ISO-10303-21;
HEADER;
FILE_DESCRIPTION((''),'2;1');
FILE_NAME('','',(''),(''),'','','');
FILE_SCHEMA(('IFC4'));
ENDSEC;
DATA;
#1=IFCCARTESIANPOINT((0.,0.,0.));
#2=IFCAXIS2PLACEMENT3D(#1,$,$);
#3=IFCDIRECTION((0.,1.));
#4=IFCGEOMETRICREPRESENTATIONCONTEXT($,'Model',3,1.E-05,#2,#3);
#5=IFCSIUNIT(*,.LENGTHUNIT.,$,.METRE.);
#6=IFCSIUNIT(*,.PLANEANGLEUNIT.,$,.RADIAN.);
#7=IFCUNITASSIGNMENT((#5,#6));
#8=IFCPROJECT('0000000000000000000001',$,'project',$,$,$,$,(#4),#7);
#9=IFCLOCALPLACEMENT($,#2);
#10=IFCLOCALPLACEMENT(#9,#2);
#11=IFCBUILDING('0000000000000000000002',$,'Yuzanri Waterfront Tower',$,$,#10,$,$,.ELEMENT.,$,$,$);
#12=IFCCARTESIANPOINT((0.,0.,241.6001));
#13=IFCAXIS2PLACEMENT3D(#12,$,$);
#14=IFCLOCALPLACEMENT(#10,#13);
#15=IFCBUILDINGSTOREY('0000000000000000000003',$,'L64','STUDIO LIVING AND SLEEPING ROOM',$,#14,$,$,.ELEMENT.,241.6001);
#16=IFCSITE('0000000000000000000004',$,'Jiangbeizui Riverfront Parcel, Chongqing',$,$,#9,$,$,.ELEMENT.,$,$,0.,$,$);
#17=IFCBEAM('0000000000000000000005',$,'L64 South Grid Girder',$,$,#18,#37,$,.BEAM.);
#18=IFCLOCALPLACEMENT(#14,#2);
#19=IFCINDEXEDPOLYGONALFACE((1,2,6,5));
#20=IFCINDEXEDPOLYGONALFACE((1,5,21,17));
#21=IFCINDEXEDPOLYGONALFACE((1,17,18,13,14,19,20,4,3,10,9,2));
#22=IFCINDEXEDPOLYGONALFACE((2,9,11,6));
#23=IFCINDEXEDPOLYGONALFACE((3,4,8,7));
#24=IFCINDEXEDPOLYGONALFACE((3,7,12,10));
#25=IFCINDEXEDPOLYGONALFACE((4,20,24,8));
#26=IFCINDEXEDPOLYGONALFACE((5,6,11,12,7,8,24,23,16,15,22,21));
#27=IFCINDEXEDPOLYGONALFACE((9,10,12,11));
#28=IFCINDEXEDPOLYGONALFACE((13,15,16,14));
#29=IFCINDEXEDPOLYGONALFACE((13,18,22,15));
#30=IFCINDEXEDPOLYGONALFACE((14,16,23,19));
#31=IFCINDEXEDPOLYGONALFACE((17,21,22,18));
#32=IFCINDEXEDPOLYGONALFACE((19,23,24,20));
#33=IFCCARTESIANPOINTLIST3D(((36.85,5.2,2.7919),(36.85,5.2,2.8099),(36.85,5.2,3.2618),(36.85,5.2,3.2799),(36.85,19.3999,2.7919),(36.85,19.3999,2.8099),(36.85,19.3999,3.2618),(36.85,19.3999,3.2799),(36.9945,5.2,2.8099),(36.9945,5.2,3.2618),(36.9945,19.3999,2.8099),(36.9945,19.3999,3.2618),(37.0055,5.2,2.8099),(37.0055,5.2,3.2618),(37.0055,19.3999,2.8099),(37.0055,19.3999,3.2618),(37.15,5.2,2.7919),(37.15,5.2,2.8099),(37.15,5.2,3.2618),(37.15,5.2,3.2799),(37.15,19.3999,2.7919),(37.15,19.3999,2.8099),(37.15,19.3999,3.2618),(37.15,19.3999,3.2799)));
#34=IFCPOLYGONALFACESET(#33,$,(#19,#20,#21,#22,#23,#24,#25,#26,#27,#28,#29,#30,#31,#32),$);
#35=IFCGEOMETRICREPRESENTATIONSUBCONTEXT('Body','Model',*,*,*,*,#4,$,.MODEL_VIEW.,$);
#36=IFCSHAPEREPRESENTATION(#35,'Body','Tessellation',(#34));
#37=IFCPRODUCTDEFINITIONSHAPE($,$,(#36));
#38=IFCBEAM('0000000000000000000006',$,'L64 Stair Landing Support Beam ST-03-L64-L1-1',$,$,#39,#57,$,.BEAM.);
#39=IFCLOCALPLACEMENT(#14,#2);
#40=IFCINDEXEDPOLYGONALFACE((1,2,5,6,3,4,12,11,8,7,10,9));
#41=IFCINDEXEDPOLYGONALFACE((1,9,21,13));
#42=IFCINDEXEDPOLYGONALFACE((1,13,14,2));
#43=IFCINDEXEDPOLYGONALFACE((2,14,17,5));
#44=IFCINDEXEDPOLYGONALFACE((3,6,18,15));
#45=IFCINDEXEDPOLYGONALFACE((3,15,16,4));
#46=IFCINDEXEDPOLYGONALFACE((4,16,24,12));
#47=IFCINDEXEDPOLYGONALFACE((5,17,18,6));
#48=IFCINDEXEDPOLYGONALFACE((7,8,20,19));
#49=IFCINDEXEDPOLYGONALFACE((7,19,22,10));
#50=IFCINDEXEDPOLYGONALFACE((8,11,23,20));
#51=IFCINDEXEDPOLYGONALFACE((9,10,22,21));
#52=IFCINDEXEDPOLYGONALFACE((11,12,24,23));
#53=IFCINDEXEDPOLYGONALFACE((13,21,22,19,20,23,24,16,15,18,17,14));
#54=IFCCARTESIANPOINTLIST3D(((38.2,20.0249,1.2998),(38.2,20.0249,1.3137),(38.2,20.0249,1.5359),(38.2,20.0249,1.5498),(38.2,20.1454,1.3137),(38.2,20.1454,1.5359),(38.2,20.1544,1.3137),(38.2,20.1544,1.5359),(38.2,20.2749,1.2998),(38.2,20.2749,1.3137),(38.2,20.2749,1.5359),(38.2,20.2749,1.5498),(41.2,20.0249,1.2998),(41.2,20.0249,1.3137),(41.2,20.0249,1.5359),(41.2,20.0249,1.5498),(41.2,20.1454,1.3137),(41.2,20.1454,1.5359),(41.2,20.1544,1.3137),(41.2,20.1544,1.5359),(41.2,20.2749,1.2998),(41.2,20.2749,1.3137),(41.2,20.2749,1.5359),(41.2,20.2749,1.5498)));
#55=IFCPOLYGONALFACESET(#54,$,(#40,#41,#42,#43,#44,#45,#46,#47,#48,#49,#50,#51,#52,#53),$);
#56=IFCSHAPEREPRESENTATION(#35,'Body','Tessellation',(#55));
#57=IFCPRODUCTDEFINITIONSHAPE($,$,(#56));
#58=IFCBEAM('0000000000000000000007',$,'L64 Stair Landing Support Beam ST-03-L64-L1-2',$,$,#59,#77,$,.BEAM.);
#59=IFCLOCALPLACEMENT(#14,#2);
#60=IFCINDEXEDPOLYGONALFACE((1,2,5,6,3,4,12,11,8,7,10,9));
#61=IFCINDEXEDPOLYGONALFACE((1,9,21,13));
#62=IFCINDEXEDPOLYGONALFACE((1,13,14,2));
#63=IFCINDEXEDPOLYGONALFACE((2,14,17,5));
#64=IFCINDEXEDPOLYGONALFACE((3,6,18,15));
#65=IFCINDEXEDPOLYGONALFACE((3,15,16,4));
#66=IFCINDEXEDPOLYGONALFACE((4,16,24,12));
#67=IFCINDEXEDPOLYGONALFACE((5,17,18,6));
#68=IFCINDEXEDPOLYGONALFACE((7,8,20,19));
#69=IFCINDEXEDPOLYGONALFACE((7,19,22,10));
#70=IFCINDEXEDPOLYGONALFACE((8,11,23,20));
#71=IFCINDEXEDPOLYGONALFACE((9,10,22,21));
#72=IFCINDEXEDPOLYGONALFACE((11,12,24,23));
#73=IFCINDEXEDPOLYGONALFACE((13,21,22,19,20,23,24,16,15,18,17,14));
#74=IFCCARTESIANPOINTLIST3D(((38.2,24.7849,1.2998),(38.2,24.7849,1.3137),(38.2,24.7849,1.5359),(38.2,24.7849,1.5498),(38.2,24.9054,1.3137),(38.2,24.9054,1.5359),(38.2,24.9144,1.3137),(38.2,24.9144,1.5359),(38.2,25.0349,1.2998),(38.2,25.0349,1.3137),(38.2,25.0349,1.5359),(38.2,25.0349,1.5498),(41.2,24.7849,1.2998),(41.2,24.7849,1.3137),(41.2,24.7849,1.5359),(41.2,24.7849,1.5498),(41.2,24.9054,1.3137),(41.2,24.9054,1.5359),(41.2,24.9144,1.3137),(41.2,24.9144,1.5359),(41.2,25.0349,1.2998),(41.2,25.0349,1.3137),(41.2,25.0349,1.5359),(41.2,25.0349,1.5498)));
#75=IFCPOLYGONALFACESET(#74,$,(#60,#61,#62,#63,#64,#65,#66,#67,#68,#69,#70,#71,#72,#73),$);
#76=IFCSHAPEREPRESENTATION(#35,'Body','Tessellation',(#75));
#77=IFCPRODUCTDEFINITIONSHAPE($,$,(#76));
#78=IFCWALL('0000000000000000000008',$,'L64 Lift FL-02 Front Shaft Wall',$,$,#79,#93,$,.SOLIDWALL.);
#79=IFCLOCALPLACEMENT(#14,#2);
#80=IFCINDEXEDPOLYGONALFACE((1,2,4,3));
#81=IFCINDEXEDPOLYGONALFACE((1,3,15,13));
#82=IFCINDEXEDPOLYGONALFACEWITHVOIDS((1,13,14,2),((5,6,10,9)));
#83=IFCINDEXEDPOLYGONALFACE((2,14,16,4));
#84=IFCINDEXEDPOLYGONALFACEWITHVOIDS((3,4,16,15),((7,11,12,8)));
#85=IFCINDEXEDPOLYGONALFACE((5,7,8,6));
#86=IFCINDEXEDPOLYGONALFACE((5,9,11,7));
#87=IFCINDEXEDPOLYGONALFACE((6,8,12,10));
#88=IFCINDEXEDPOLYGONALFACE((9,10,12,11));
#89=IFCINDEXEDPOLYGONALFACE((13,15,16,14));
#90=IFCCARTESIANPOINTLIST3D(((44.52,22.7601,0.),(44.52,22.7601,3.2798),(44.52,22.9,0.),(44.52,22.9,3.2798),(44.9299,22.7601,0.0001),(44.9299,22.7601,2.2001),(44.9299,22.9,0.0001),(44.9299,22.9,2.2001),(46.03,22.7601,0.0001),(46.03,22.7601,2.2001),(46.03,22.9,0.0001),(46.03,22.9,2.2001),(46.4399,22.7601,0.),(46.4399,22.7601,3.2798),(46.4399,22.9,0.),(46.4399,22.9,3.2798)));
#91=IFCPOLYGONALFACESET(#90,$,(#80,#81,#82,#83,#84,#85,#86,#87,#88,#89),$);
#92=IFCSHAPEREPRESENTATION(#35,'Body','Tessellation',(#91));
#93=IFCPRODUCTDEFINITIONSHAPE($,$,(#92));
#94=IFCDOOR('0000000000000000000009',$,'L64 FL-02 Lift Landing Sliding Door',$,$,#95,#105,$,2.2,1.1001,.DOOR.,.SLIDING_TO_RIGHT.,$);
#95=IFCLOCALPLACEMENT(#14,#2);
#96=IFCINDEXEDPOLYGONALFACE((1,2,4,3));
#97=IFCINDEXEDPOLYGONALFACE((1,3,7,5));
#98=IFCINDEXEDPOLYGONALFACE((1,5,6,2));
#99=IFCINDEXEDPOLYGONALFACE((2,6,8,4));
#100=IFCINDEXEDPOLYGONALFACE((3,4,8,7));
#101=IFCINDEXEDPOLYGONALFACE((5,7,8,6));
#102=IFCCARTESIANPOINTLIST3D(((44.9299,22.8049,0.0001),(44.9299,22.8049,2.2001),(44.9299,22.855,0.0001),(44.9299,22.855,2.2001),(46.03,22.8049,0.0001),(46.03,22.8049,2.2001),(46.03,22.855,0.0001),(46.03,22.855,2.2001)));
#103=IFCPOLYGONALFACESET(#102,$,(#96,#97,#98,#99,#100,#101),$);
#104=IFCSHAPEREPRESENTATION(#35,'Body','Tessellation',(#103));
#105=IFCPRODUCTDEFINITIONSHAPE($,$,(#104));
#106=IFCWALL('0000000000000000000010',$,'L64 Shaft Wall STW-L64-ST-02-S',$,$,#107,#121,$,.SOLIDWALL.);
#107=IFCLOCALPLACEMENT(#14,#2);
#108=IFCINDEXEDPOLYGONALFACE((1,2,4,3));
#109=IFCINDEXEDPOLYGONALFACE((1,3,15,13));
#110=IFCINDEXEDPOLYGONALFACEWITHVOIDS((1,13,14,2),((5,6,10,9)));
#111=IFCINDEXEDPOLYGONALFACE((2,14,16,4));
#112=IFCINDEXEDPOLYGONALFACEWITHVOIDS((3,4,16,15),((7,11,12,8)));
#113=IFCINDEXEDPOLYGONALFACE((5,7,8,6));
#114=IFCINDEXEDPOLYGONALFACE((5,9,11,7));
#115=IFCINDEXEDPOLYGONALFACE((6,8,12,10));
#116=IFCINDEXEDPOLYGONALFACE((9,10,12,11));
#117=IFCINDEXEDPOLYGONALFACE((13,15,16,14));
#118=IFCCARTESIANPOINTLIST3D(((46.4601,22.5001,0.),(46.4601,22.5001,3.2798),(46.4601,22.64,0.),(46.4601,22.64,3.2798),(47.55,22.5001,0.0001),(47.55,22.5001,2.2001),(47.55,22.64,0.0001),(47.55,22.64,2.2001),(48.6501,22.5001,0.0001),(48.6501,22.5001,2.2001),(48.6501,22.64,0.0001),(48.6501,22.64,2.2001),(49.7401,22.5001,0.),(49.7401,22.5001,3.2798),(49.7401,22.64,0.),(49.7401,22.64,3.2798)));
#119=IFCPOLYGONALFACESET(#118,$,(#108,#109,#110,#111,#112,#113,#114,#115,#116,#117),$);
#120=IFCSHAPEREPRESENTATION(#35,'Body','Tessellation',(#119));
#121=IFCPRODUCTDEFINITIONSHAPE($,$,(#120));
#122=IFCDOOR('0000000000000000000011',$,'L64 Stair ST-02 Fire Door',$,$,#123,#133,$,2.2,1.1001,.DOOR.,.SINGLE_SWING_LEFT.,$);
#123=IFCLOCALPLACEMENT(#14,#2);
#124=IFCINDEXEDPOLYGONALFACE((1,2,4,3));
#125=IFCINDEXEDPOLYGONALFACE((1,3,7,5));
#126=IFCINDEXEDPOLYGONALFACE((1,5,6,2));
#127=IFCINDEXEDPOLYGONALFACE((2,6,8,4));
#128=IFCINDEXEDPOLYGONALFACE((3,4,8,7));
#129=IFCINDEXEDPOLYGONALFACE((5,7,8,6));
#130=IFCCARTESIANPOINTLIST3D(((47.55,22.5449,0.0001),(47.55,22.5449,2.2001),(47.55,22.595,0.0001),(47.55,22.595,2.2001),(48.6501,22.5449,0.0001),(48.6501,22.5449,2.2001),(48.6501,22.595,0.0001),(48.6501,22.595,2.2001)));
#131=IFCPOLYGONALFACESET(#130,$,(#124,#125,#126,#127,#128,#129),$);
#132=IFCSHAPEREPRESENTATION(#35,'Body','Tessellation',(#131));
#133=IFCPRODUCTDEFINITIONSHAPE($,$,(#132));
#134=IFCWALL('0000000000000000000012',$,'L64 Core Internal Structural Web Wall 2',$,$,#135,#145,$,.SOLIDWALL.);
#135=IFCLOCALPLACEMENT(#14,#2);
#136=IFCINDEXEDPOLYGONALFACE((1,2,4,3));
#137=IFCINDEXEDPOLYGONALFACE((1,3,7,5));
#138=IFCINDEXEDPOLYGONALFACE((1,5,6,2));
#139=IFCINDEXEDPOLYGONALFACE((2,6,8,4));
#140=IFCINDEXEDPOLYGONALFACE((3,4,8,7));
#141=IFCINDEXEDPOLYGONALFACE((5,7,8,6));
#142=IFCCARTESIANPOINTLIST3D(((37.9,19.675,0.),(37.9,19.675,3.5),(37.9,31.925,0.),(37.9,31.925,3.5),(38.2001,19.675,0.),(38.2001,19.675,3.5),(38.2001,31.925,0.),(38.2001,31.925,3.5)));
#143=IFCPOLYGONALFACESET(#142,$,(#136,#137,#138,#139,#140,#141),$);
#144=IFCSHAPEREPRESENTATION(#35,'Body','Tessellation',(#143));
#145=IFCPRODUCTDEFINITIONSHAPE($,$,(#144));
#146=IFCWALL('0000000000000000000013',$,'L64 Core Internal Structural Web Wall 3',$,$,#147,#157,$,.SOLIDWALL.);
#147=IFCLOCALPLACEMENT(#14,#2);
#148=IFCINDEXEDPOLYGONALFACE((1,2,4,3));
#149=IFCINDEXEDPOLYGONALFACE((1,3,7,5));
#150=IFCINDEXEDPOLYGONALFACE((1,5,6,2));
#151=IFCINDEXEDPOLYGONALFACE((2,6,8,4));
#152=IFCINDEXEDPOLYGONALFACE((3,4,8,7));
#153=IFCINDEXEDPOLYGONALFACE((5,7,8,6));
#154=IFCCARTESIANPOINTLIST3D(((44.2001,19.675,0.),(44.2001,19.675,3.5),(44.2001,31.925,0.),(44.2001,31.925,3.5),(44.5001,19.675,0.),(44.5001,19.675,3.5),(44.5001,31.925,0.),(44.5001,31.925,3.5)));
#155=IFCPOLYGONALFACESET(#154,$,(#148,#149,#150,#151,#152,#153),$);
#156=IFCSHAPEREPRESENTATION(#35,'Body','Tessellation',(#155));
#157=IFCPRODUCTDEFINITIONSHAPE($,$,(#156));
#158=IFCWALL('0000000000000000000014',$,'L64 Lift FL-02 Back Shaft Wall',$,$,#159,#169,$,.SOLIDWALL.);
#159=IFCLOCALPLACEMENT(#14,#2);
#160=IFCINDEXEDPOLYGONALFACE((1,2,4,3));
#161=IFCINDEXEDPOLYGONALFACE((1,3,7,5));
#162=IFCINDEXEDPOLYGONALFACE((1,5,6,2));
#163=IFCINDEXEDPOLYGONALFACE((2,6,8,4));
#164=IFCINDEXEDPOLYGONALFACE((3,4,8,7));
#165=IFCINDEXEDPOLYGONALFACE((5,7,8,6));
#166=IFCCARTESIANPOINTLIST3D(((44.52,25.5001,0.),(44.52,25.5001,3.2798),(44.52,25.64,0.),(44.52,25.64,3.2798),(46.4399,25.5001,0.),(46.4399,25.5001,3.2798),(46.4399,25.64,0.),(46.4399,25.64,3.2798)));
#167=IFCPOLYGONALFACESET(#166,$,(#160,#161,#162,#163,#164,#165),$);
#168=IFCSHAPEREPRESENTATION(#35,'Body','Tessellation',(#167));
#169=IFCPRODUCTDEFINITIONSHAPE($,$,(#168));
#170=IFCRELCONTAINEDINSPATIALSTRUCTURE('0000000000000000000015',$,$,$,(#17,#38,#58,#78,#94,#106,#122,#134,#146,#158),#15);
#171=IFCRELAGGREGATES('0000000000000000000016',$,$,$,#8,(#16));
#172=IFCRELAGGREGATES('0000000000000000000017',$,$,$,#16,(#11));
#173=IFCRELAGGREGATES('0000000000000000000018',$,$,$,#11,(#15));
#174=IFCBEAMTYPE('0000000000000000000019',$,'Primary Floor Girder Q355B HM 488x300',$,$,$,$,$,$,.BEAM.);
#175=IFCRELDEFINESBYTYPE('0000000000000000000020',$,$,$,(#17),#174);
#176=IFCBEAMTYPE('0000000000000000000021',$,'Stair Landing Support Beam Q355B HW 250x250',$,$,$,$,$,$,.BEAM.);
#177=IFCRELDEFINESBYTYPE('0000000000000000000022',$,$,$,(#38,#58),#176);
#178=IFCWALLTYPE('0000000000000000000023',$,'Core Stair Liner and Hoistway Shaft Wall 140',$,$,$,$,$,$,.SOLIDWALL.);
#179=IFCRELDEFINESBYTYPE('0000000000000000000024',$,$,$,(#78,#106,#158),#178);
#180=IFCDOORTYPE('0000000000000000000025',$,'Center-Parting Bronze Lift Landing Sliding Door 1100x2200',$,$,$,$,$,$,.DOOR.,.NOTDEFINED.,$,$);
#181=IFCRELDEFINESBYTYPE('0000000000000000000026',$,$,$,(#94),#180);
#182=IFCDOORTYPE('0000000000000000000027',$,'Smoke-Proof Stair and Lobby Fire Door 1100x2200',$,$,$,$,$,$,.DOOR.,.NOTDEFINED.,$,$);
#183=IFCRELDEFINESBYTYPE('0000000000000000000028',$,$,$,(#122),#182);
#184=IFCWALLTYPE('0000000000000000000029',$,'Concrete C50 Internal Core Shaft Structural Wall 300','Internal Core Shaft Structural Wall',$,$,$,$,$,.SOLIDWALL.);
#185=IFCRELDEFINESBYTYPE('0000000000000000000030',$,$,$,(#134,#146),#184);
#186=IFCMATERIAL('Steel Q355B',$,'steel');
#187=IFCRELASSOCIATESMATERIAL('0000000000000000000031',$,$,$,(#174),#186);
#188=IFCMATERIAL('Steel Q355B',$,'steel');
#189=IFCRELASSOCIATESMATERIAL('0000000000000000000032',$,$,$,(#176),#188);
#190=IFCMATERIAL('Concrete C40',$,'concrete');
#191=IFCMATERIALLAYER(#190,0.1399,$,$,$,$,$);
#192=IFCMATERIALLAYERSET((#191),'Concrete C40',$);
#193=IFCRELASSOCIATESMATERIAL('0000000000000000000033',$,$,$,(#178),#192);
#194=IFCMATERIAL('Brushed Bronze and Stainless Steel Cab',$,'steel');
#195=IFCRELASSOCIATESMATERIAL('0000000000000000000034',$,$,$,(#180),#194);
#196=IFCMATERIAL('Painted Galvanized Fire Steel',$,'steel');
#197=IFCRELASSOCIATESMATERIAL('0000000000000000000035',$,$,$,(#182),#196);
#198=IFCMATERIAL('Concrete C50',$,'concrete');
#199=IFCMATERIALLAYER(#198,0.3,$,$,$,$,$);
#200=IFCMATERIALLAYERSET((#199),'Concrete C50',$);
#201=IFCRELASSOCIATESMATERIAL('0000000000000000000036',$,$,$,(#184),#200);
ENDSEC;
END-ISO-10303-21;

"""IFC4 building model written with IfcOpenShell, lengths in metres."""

from ifc_helpers import new_model, si_unit, direction, frame, frame_2d, origin, origin_2d, place, context, subcontext, project, spatial, rectangle, i_section, extrude, source, transform, mapped, material, layer, layer_set, material_profile, profile_set, type_object, element, fill, save


model = new_model("IFC4")

# Units and contexts
model_context = context("Model", 3, precision=1e-05, world=origin(), true_north=direction((0.0, 1.0)))
body_context = subcontext(model_context, "Body", "Model", "MODEL_VIEW")
ifc_project = project(units=[si_unit("LENGTHUNIT", "METRE"), si_unit("PLANEANGLEUNIT", "RADIAN")], contexts=[model_context])

# Site, building, storey
site_placement = place(None, origin())
site = spatial("IfcSite", under=ifc_project, at=site_placement, Name="Jiangbeizui Riverfront Parcel, Chongqing", CompositionType="ELEMENT", RefElevation=0.0)
building_placement = place(site_placement, origin())
building = spatial("IfcBuilding", under=site, at=building_placement, Name="Yuzanri Waterfront Tower", CompositionType="ELEMENT")
storey_placement = place(building_placement, frame((0.0, 0.0, 241.6001)))
storey = spatial("IfcBuildingStorey", under=building, at=storey_placement, Name="L64", Description="STUDIO LIVING AND SLEEPING ROOM", CompositionType="ELEMENT", Elevation=241.6001)

# Beams
ifc_material_1 = material(Name="Steel Q355B", Category="steel")
ifc_material_profile_1 = material_profile(ifc_material_1, i_section(OverallWidth=0.3, OverallDepth=0.488, WebThickness=0.011, FlangeThickness=0.0181, at=origin_2d()), Name="HM 488x300x11x18")
ifc_profile_set_1 = profile_set([ifc_material_profile_1], Name="Steel Q355B")
beam_type_1 = type_object("IfcBeamType", Name="Primary Floor Girder Q355B HM 488x300", PredefinedType="BEAM", material=ifc_profile_set_1)
shared_shape_1 = source(origin(), body_context, "Body", "SweptSolid", [
    extrude(i_section(OverallWidth=0.3, OverallDepth=0.488, WebThickness=0.011, FlangeThickness=0.0181, at=origin_2d()), origin(), (0.0, 0.0, 1.0), 14.2),
])
beam_placement = place(storey_placement, frame((37.0, 19.3999, 3.0359), z_axis=(0.0, -1.0, 0.0), x_axis=(1.0, 0.0, 0.0)))
element("IfcBeam", 1, at=beam_placement, inside=storey, type_object=beam_type_1, Name="L64 South Grid Girder", PredefinedType="BEAM", context=body_context, shape_type="MappedRepresentation", body=[
    mapped(shared_shape_1, transform((0.0, 0.0, 0.0), scale=1.0)),
])
ifc_material_2 = material(Name="Steel Q355B", Category="steel")
ifc_material_profile_2 = material_profile(ifc_material_2, i_section(OverallWidth=0.25, OverallDepth=0.25, WebThickness=0.009, FlangeThickness=0.0139, at=origin_2d()), Name="HW 250x250x9x14")
ifc_profile_set_2 = profile_set([ifc_material_profile_2], Name="Steel Q355B")
beam_type_2 = type_object("IfcBeamType", Name="Stair Landing Support Beam Q355B HW 250x250", PredefinedType="BEAM", material=ifc_profile_set_2)
shared_shape_2 = source(origin(), body_context, "Body", "SweptSolid", [
    extrude(i_section(OverallWidth=0.25, OverallDepth=0.25, WebThickness=0.009, FlangeThickness=0.0139, at=origin_2d()), origin(), (0.0, 0.0, 1.0), 3.0),
])
for number, where, z_axis, x_axis, name in (
    (2, (38.2, 20.1499, 1.4248), (1.0, 0.0, 0.0), (0.0, 1.0, 0.0), "L64 Stair Landing Support Beam ST-03-L64-L1-1"),
    (3, (38.2, 24.9099, 1.4248), (1.0, 0.0, 0.0), (0.0, 1.0, 0.0), "L64 Stair Landing Support Beam ST-03-L64-L1-2"),
):
    element("IfcBeam", number, at=place(storey_placement, frame(where, z_axis=z_axis, x_axis=x_axis)), inside=storey, type_object=beam_type_2, Name=name, PredefinedType="BEAM", context=body_context, shape_type="MappedRepresentation", body=[
        mapped(shared_shape_2, transform((0.0, 0.0, 0.0), scale=1.0)),
    ])

# Walls, openings, doors
ifc_material_3 = material(Name="Concrete C40", Category="concrete")
ifc_layer_1 = layer(ifc_material_3, 0.1399)
ifc_layer_set_1 = layer_set([ifc_layer_1], Name="Concrete C40")
wall_type_1 = type_object("IfcWallType", Name="Core Stair Liner and Hoistway Shaft Wall 140", PredefinedType="SOLIDWALL", material=ifc_layer_set_1)
wall_1_placement = place(storey_placement, frame((44.52, 22.8301, 0.0), z_axis=(0.0, 0.0, 1.0), x_axis=(1.0, 0.0, 0.0)))
wall_1 = element("IfcWall", 4, at=wall_1_placement, inside=storey, type_object=wall_type_1, Name="L64 Lift FL-02 Front Shaft Wall", PredefinedType="SOLIDWALL", context=body_context, shape_type="SweptSolid", body=[
    extrude(rectangle(XDim=1.9199, YDim=0.1399, at=frame_2d((0.96, 0.0))), origin(), (0.0, 0.0, 1.0), 3.2798),
])
opening_1_placement = place(wall_1_placement, frame((0.4099, 0.0, 0.0)))
opening_1 = element("IfcOpeningElement", 5, at=opening_1_placement, cuts=wall_1, PredefinedType="OPENING", context=body_context, shape_type="SweptSolid", body=[
    extrude(rectangle(XDim=1.1001, YDim=2.2, at=frame_2d((0.55, 1.1001))), frame((0.0, 0.085, 0.0), z_axis=(0.0, -1.0, 0.0), x_axis=(1.0, 0.0, 0.0)), (0.0, 0.0, 1.0), 0.1697),
])
ifc_material_4 = material(Name="Brushed Bronze and Stainless Steel Cab", Category="steel")
door_type_1 = type_object("IfcDoorType", Name="Center-Parting Bronze Lift Landing Sliding Door 1100x2200", OperationType="NOTDEFINED", PredefinedType="DOOR", material=ifc_material_4)
shared_shape_3 = source(origin(), body_context, "Body", "SweptSolid", [
    extrude(rectangle(XDim=1.1001, YDim=2.2, at=frame_2d((0.55, 1.1001))), frame((0.0, 0.0249, 0.0), z_axis=(0.0, -1.0, 0.0), x_axis=(1.0, 0.0, 0.0)), (0.0, 0.0, 1.0), 0.05),
])
door_1_placement = place(opening_1_placement, origin())
door_1 = element("IfcDoor", 6, at=door_1_placement, inside=storey, type_object=door_type_1, Name="L64 FL-02 Lift Landing Sliding Door", OperationType="SLIDING_TO_RIGHT", OverallHeight=2.2, OverallWidth=1.1001, PredefinedType="DOOR", context=body_context, shape_type="MappedRepresentation", body=[
    mapped(shared_shape_3, transform((0.0, 0.0, 0.0), scale=1.0)),
])
fill(opening_1, door_1)
wall_2_placement = place(storey_placement, frame((46.46, 22.5701, 0.0), z_axis=(0.0, 0.0, 1.0), x_axis=(1.0, 0.0, 0.0)))
wall_2 = element("IfcWall", 7, at=wall_2_placement, inside=storey, type_object=wall_type_1, Name="L64 Shaft Wall STW-L64-ST-02-S", PredefinedType="SOLIDWALL", context=body_context, shape_type="SweptSolid", body=[
    extrude(rectangle(XDim=3.28, YDim=0.1399, at=frame_2d((1.6401, 0.0))), origin(), (0.0, 0.0, 1.0), 3.2798),
])
opening_2_placement = place(wall_2_placement, frame((1.0901, 0.0, 0.0)))
opening_2 = element("IfcOpeningElement", 8, at=opening_2_placement, cuts=wall_2, PredefinedType="OPENING", context=body_context, shape_type="SweptSolid", body=[
    extrude(rectangle(XDim=1.1001, YDim=2.2, at=frame_2d((0.55, 1.1001))), frame((0.0, 0.085, 0.0), z_axis=(0.0, -1.0, 0.0), x_axis=(1.0, 0.0, 0.0)), (0.0, 0.0, 1.0), 0.1697),
])
ifc_material_5 = material(Name="Painted Galvanized Fire Steel", Category="steel")
door_type_2 = type_object("IfcDoorType", Name="Smoke-Proof Stair and Lobby Fire Door 1100x2200", OperationType="NOTDEFINED", PredefinedType="DOOR", material=ifc_material_5)
shared_shape_4 = source(origin(), body_context, "Body", "SweptSolid", [
    extrude(rectangle(XDim=1.1001, YDim=2.2, at=frame_2d((0.55, 1.1001))), frame((0.0, 0.0249, 0.0), z_axis=(0.0, -1.0, 0.0), x_axis=(1.0, 0.0, 0.0)), (0.0, 0.0, 1.0), 0.05),
])
door_2_placement = place(opening_2_placement, origin())
door_2 = element("IfcDoor", 9, at=door_2_placement, inside=storey, type_object=door_type_2, Name="L64 Stair ST-02 Fire Door", OperationType="SINGLE_SWING_LEFT", OverallHeight=2.2, OverallWidth=1.1001, PredefinedType="DOOR", context=body_context, shape_type="MappedRepresentation", body=[
    mapped(shared_shape_4, transform((0.0, 0.0, 0.0), scale=1.0)),
])
fill(opening_2, door_2)

# Walls
ifc_material_6 = material(Name="Concrete C50", Category="concrete")
ifc_layer_2 = layer(ifc_material_6, 0.3)
ifc_layer_set_2 = layer_set([ifc_layer_2], Name="Concrete C50")
wall_type_2 = type_object("IfcWallType", Name="Concrete C50 Internal Core Shaft Structural Wall 300", Description="Internal Core Shaft Structural Wall", PredefinedType="SOLIDWALL", material=ifc_layer_set_2)
shared_shape_5 = source(origin(), body_context, "Body", "SweptSolid", [
    extrude(rectangle(XDim=12.25, YDim=0.3, at=frame_2d((6.125, 0.0))), origin(), (0.0, 0.0, 1.0), 3.5),
])
for number, where, z_axis, x_axis, name in (
    (10, (38.05, 19.675, 0.0), (0.0, 0.0, 1.0), (0.0, 1.0, 0.0), "L64 Core Internal Structural Web Wall 2"),
    (11, (44.3501, 19.675, 0.0), (0.0, 0.0, 1.0), (0.0, 1.0, 0.0), "L64 Core Internal Structural Web Wall 3"),
):
    element("IfcWall", number, at=place(storey_placement, frame(where, z_axis=z_axis, x_axis=x_axis)), inside=storey, type_object=wall_type_2, Name=name, PredefinedType="SOLIDWALL", context=body_context, shape_type="MappedRepresentation", body=[
        mapped(shared_shape_5, transform((0.0, 0.0, 0.0), scale=1.0)),
    ])
shared_shape_6 = source(origin(), body_context, "Body", "SweptSolid", [
    extrude(rectangle(XDim=1.9199, YDim=0.1399, at=frame_2d((0.96, 0.0))), origin(), (0.0, 0.0, 1.0), 3.2798),
])
wall_3_placement = place(storey_placement, frame((44.52, 25.5701, 0.0), z_axis=(0.0, 0.0, 1.0), x_axis=(1.0, 0.0, 0.0)))
element("IfcWall", 12, at=wall_3_placement, inside=storey, type_object=wall_type_1, Name="L64 Lift FL-02 Back Shaft Wall", PredefinedType="SOLIDWALL", context=body_context, shape_type="MappedRepresentation", body=[
    mapped(shared_shape_6, transform((0.0, 0.0, 0.0), scale=1.0)),
])

save(model, "model.ifc")
